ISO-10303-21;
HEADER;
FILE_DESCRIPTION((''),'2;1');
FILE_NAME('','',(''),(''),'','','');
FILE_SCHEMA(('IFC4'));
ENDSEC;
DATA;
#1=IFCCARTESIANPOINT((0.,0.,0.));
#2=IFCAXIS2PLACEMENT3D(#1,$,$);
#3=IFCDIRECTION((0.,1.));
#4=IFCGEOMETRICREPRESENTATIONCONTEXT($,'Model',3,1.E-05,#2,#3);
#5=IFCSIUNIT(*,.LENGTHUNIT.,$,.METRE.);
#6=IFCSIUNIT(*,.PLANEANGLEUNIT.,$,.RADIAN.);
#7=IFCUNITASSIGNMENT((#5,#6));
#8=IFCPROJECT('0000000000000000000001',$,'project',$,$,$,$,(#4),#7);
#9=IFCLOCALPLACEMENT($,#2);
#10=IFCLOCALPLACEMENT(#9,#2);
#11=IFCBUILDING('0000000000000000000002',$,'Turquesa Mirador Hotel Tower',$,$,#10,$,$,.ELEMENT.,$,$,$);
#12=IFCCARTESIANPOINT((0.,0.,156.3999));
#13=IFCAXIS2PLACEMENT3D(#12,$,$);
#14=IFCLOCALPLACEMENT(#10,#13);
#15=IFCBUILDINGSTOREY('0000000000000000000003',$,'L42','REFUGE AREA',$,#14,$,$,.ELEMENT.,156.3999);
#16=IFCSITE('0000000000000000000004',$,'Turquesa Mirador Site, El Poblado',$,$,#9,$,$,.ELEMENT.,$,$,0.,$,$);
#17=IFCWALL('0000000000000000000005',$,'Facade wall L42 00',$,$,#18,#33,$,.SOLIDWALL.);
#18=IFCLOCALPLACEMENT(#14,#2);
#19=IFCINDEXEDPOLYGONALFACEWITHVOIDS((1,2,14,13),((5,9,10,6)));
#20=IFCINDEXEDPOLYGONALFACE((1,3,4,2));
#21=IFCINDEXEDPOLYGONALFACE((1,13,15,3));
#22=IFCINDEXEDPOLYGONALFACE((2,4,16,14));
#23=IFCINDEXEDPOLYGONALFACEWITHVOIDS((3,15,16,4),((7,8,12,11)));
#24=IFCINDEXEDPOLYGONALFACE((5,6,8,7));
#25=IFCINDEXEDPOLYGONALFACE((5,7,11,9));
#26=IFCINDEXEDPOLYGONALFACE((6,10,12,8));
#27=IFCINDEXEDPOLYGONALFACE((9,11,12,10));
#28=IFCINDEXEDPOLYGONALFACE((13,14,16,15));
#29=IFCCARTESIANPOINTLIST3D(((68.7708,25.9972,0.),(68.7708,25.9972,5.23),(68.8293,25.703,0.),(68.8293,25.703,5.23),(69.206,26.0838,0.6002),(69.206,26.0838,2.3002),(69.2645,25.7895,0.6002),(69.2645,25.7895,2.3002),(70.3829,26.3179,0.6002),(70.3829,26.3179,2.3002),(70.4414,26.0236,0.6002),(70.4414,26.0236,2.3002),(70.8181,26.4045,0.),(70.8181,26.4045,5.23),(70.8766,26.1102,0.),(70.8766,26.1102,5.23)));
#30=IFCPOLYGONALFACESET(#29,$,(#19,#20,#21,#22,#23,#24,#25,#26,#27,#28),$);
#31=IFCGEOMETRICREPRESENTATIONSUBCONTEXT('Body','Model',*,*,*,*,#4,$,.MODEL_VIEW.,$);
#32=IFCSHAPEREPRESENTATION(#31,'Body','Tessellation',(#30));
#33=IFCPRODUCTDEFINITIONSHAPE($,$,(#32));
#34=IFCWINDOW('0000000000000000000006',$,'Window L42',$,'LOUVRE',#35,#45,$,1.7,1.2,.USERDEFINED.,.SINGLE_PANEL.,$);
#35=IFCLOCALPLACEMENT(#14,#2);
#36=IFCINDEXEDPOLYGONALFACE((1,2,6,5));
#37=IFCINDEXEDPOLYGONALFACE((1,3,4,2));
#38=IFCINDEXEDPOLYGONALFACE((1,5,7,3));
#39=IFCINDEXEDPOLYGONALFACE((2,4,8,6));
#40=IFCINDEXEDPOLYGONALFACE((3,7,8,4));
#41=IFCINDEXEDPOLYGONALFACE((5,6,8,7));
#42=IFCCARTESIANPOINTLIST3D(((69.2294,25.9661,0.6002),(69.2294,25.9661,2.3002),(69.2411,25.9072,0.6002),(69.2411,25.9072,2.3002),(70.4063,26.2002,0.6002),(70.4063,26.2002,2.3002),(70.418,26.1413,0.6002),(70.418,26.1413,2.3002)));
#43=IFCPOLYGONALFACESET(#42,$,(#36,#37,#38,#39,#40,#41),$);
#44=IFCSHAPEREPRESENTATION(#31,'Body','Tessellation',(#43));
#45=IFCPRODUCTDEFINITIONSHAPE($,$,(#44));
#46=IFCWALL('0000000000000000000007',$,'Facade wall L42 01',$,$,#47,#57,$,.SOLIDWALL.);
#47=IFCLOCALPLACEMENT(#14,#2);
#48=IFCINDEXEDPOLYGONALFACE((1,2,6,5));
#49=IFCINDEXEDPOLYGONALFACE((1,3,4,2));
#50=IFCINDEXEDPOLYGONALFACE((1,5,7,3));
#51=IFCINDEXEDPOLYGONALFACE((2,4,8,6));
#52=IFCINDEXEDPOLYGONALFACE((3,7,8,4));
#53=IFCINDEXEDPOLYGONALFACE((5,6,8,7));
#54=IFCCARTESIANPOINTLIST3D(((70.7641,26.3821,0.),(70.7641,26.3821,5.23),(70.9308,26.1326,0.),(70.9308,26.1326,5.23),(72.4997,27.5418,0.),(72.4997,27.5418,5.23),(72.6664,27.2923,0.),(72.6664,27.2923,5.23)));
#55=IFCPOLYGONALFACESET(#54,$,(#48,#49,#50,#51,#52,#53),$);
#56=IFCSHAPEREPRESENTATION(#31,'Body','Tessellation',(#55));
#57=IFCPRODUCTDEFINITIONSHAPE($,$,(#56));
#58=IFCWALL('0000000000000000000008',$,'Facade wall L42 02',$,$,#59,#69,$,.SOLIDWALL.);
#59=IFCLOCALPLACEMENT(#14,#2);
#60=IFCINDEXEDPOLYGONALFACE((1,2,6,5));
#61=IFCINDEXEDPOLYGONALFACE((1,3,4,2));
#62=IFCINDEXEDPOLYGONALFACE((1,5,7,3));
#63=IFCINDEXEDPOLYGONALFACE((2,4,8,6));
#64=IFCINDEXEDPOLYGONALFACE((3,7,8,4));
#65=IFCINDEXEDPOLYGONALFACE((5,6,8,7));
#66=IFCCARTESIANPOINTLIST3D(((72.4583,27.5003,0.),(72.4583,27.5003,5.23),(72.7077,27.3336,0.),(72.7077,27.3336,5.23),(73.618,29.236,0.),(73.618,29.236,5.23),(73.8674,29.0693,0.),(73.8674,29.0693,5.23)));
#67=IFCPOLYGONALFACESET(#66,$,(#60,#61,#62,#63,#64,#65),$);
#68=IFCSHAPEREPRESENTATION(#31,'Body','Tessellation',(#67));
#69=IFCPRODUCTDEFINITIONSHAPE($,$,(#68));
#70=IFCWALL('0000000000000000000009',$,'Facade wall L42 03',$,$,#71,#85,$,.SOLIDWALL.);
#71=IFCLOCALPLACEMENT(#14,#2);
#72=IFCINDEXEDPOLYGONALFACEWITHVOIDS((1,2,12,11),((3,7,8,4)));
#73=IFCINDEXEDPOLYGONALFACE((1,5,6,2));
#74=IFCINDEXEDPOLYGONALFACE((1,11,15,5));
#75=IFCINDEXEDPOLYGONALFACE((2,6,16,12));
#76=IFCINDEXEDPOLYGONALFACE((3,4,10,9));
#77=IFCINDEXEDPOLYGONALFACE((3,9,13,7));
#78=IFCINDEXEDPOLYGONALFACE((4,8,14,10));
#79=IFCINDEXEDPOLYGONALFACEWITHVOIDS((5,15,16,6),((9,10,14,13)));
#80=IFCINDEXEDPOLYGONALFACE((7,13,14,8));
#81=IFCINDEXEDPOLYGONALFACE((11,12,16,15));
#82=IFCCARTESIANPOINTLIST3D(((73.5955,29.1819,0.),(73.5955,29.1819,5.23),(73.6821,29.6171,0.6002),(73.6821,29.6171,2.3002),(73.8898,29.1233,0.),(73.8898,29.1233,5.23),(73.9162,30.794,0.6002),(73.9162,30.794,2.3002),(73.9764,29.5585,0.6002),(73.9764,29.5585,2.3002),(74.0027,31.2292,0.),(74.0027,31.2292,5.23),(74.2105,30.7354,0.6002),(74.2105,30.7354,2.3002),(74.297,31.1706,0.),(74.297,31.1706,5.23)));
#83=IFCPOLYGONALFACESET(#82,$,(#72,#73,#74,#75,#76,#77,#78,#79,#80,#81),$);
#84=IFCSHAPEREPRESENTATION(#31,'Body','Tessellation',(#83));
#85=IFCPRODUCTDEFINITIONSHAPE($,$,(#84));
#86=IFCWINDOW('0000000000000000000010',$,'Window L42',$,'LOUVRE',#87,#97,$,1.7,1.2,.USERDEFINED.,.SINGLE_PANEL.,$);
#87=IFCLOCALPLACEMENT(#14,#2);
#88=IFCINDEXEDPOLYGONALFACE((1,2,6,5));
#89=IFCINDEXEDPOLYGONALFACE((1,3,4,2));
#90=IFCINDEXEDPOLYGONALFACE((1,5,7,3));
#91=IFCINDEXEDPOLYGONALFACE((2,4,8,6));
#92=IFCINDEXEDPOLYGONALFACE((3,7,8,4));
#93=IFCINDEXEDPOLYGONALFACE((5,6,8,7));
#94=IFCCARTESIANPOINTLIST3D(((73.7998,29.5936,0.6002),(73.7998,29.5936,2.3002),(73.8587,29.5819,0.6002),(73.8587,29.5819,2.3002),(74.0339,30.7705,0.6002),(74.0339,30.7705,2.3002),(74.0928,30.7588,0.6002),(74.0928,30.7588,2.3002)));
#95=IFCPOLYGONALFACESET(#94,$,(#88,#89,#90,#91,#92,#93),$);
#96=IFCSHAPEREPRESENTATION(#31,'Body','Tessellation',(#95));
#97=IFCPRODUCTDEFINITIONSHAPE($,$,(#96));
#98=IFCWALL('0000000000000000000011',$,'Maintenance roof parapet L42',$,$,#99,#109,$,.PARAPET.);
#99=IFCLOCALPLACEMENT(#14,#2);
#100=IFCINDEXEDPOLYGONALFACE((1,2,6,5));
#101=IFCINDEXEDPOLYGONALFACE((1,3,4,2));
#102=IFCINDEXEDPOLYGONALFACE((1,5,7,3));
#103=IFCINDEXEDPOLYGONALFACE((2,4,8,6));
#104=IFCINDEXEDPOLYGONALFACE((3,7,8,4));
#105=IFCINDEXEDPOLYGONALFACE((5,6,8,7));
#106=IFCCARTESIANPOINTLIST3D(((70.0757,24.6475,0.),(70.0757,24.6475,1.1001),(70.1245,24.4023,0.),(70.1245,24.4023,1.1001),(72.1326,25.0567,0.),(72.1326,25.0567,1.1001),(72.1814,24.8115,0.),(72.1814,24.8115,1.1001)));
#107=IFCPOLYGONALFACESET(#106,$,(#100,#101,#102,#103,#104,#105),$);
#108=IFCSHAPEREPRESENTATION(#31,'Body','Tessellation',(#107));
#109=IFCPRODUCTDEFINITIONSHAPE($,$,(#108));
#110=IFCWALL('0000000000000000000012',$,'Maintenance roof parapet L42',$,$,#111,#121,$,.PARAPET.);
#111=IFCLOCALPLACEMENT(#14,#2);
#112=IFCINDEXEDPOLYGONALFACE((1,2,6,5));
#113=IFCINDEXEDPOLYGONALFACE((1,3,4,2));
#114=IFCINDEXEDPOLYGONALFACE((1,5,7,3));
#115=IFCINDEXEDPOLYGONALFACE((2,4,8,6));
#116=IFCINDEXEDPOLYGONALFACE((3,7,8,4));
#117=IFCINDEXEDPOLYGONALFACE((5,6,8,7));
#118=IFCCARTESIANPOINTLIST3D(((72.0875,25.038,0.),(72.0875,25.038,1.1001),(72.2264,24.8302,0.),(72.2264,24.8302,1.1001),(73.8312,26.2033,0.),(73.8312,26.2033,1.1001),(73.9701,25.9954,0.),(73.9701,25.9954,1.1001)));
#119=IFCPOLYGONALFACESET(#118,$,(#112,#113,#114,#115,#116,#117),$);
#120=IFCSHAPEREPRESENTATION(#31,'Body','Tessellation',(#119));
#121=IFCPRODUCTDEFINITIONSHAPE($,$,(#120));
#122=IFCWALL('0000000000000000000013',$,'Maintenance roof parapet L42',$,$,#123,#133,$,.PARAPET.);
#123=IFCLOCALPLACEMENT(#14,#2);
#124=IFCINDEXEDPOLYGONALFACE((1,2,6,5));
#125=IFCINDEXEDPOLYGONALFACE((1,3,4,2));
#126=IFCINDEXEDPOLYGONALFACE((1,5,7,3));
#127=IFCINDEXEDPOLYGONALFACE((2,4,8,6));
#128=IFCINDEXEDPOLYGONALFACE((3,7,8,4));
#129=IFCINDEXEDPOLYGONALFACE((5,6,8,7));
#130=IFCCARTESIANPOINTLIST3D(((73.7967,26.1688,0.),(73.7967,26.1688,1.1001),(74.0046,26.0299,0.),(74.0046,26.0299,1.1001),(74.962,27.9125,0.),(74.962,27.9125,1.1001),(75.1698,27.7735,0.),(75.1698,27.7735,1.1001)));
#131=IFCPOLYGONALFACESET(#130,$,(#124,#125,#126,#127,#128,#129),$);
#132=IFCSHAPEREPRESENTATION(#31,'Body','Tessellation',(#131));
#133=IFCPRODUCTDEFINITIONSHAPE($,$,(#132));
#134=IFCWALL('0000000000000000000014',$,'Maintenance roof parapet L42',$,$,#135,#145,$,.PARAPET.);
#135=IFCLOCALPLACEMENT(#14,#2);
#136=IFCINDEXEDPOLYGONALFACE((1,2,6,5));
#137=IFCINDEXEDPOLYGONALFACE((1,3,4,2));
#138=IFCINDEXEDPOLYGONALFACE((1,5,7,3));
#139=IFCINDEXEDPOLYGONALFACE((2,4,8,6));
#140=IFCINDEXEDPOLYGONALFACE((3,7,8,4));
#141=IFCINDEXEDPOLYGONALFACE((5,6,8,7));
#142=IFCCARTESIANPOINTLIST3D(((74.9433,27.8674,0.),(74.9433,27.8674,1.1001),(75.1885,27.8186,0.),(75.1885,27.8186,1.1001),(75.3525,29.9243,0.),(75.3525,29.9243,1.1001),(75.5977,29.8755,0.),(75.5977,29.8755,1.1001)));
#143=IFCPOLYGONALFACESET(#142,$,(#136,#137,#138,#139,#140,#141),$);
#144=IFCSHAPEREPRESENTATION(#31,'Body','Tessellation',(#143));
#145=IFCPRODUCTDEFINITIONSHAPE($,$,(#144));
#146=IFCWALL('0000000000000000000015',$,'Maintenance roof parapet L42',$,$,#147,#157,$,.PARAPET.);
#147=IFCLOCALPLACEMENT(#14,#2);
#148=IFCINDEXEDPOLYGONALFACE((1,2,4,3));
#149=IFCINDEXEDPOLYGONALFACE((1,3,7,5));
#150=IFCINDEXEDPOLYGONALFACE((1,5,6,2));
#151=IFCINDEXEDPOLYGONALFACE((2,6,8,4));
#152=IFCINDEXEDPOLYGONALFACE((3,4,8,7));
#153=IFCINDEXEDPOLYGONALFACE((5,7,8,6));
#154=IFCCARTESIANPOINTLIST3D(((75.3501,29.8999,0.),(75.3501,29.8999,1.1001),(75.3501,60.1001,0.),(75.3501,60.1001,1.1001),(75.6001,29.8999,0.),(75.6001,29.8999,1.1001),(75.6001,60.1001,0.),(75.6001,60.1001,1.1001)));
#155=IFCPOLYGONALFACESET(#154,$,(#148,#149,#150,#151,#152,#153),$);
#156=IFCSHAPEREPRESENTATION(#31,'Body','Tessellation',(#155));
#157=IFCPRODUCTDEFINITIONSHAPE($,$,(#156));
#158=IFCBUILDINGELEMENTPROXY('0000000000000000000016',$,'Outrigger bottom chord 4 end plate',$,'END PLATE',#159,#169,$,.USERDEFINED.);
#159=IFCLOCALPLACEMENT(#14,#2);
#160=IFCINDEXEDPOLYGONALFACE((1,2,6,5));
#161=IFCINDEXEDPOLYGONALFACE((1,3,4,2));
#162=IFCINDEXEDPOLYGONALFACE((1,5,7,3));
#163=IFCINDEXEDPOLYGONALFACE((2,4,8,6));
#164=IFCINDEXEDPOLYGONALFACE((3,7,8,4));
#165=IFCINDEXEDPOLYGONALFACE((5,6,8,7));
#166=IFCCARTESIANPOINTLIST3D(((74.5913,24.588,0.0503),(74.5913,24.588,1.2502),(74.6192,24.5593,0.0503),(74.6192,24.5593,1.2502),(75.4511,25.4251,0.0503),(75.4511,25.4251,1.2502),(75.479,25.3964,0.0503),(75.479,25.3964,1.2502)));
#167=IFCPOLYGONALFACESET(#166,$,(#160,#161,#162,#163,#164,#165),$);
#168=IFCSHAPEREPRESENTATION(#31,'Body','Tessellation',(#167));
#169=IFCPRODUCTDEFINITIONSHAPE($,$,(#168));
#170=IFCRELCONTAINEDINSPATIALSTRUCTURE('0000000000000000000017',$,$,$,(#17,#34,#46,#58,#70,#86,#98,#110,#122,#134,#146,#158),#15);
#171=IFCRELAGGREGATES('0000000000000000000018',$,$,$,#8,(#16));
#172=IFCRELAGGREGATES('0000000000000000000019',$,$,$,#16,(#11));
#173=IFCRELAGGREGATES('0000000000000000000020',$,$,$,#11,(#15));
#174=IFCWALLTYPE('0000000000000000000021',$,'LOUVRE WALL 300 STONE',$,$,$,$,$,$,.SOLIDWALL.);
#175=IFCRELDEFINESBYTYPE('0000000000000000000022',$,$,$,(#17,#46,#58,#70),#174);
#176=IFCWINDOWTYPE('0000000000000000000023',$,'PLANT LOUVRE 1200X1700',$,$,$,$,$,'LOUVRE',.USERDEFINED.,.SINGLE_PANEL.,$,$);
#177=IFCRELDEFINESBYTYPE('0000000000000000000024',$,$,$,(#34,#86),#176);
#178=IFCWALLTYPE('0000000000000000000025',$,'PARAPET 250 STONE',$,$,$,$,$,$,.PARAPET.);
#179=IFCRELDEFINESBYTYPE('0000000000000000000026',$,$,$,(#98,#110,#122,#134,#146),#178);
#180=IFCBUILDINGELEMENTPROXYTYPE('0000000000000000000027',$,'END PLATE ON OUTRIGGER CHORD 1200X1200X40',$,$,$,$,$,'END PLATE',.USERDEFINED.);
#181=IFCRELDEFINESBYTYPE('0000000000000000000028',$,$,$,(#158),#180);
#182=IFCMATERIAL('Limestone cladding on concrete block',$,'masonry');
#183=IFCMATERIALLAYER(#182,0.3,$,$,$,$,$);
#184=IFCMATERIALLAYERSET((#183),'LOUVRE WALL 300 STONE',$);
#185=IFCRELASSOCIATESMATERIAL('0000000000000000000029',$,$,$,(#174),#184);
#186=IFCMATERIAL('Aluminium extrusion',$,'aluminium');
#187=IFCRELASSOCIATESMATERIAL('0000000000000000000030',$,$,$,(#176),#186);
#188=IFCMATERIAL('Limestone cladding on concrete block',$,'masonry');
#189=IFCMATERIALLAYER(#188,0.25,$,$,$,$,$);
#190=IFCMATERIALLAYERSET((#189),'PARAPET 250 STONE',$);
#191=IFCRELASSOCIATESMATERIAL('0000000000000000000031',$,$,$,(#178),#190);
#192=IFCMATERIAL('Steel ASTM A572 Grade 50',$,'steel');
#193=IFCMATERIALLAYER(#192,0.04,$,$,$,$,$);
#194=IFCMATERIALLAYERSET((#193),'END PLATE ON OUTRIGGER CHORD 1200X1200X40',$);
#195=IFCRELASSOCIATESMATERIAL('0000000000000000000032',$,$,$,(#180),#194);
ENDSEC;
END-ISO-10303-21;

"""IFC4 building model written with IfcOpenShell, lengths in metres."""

from ifc_helpers import new_model, si_unit, direction, frame, frame_2d, origin, origin_2d, place, context, subcontext, project, spatial, rectangle, extrude, material, layer, layer_set, type_object, element, fill, save


model = new_model("IFC4")

# Units and contexts
model_context = context("Model", 3, precision=1e-05, world=origin(), true_north=direction((0.0, 1.0)))
body_context = subcontext(model_context, "Body", "Model", "MODEL_VIEW")
ifc_project = project(units=[si_unit("LENGTHUNIT", "METRE"), si_unit("PLANEANGLEUNIT", "RADIAN")], contexts=[model_context])

# Site, building, storey
site_placement = place(None, origin())
site = spatial("IfcSite", under=ifc_project, at=site_placement, Name="Turquesa Mirador Site, El Poblado", CompositionType="ELEMENT", RefElevation=0.0)
building_placement = place(site_placement, origin())
building = spatial("IfcBuilding", under=site, at=building_placement, Name="Turquesa Mirador Hotel Tower", CompositionType="ELEMENT")
storey_placement = place(building_placement, frame((0.0, 0.0, 156.3999)))
storey = spatial("IfcBuildingStorey", under=building, at=storey_placement, Name="L42", Description="REFUGE AREA", CompositionType="ELEMENT", Elevation=156.3999)

# Wall, opening, window
ifc_material_1 = material(Name="Limestone cladding on concrete block", Category="masonry")
ifc_layer_1 = layer(ifc_material_1, 0.3)
ifc_layer_set_1 = layer_set([ifc_layer_1], Name="LOUVRE WALL 300 STONE")
wall_type_1 = type_object("IfcWallType", Name="LOUVRE WALL 300 STONE", PredefinedType="SOLIDWALL", material=ifc_layer_set_1)
wall_1_placement = place(storey_placement, frame((68.8, 25.8501, 0.0), z_axis=(0.0, 0.0, 1.0), x_axis=(0.980787, 0.195081, 0.0)))
wall_1 = element("IfcWall", 1, at=wall_1_placement, inside=storey, type_object=wall_type_1, Name="Facade wall L42 00", PredefinedType="SOLIDWALL", context=body_context, shape_type="SweptSolid", body=[
    extrude(rectangle(XDim=2.0874, YDim=0.3, at=frame_2d((1.0437, 0.0))), origin(), (0.0, 0.0, 1.0), 5.23),
])
opening_1_placement = place(wall_1_placement, frame((0.4436, 0.0, 0.6001)))
opening_1 = element("IfcOpeningElement", 2, at=opening_1_placement, cuts=wall_1, PredefinedType="OPENING", context=body_context, shape_type="SweptSolid", body=[
    extrude(rectangle(XDim=1.2, YDim=1.7, at=frame_2d((0.6001, 0.8501))), frame((0.0, 0.1599, 0.0), z_axis=(0.0, -1.0, 0.0), x_axis=(1.0, 0.0, 0.0)), (0.0, 0.0, 1.0), 0.3201),
])
ifc_material_2 = material(Name="Aluminium extrusion", Category="aluminium")
window_type = type_object("IfcWindowType", Name="PLANT LOUVRE 1200X1700", ElementType="LOUVRE", PartitioningType="SINGLE_PANEL", PredefinedType="USERDEFINED", material=ifc_material_2)
window_1_placement = place(opening_1_placement, origin())
window_1 = element("IfcWindow", 3, at=window_1_placement, inside=storey, type_object=window_type, Name="Window L42", ObjectType="LOUVRE", OverallHeight=1.7, OverallWidth=1.2, PartitioningType="SINGLE_PANEL", PredefinedType="USERDEFINED", context=body_context, shape_type="SweptSolid", body=[
    extrude(rectangle(XDim=1.2, YDim=1.7, at=frame_2d((0.6001, 0.8501))), frame((0.0, 0.03, 0.0), z_axis=(0.0, -1.0, 0.0), x_axis=(1.0, 0.0, 0.0)), (0.0, 0.0, 1.0), 0.0601),
])
fill(opening_1, window_1)

# Walls
for number, where, z_axis, x_axis, name in (
    (4, (70.8474, 26.2573, 0.0), (0.0, 0.0, 1.0), (0.831474, 0.555564, 0.0), "Facade wall L42 01"),
    (5, (72.583, 27.417, 0.0), (0.0, 0.0, 1.0), (0.555564, 0.831474, 0.0), "Facade wall L42 02"),
):
    element("IfcWall", number, at=place(storey_placement, frame(where, z_axis=z_axis, x_axis=x_axis)), inside=storey, type_object=wall_type_1, Name=name, PredefinedType="SOLIDWALL", context=body_context, shape_type="SweptSolid", body=[
        extrude(rectangle(XDim=2.0874, YDim=0.3, at=frame_2d((1.0437, 0.0))), origin(), (0.0, 0.0, 1.0), 5.23),
    ])

# Wall, opening, window
wall_2_placement = place(storey_placement, frame((73.7427, 29.1526, 0.0), z_axis=(0.0, 0.0, 1.0), x_axis=(0.195081, 0.980787, 0.0)))
wall_2 = element("IfcWall", 6, at=wall_2_placement, inside=storey, type_object=wall_type_1, Name="Facade wall L42 03", PredefinedType="SOLIDWALL", context=body_context, shape_type="SweptSolid", body=[
    extrude(rectangle(XDim=2.0874, YDim=0.3, at=frame_2d((1.0437, 0.0))), origin(), (0.0, 0.0, 1.0), 5.23),
])
opening_2_placement = place(wall_2_placement, frame((0.4436, 0.0, 0.6001)))
opening_2 = element("IfcOpeningElement", 7, at=opening_2_placement, cuts=wall_2, PredefinedType="OPENING", context=body_context, shape_type="SweptSolid", body=[
    extrude(rectangle(XDim=1.2, YDim=1.7, at=frame_2d((0.6001, 0.8501))), frame((0.0, 0.1599, 0.0), z_axis=(0.0, -1.0, 0.0), x_axis=(1.0, 0.0, 0.0)), (0.0, 0.0, 1.0), 0.3201),
])
window_2_placement = place(opening_2_placement, origin())
window_2 = element("IfcWindow", 8, at=window_2_placement, inside=storey, type_object=window_type, Name="Window L42", ObjectType="LOUVRE", OverallHeight=1.7, OverallWidth=1.2, PartitioningType="SINGLE_PANEL", PredefinedType="USERDEFINED", context=body_context, shape_type="SweptSolid", body=[
    extrude(rectangle(XDim=1.2, YDim=1.7, at=frame_2d((0.6001, 0.8501))), frame((0.0, 0.03, 0.0), z_axis=(0.0, -1.0, 0.0), x_axis=(1.0, 0.0, 0.0)), (0.0, 0.0, 1.0), 0.0601),
])
fill(opening_2, window_2)

# Walls
ifc_material_3 = material(Name="Limestone cladding on concrete block", Category="masonry")
ifc_layer_2 = layer(ifc_material_3, 0.25)
ifc_layer_set_2 = layer_set([ifc_layer_2], Name="PARAPET 250 STONE")
wall_type_2 = type_object("IfcWallType", Name="PARAPET 250 STONE", PredefinedType="PARAPET", material=ifc_layer_set_2)
for number, where, z_axis, x_axis, name in (
    (9, (70.1001, 24.5249, 0.0), (0.0, 0.0, 1.0), (0.980782, 0.195109, 0.0), "Maintenance roof parapet L42"),
    (10, (72.157, 24.9341, 0.0), (0.0, 0.0, 1.0), (0.831423, 0.55564, 0.0), "Maintenance roof parapet L42"),
    (11, (73.9006, 26.0994, 0.0), (0.0, 0.0, 1.0), (0.55564, 0.831423, 0.0), "Maintenance roof parapet L42"),
    (12, (75.0659, 27.843, 0.0), (0.0, 0.0, 1.0), (0.195109, 0.980782, 0.0), "Maintenance roof parapet L42"),
):
    element("IfcWall", number, at=place(storey_placement, frame(where, z_axis=z_axis, x_axis=x_axis)), inside=storey, type_object=wall_type_2, Name=name, PredefinedType="PARAPET", context=body_context, shape_type="SweptSolid", body=[
        extrude(rectangle(XDim=2.0972, YDim=0.25, at=frame_2d((1.0486, 0.0))), origin(), (0.0, 0.0, 1.0), 1.1001),
    ])
wall_3_placement = place(storey_placement, frame((75.4751, 29.8999, 0.0), z_axis=(0.0, 0.0, 1.0), x_axis=(0.0, 1.0, 0.0)))
element("IfcWall", 13, at=wall_3_placement, inside=storey, type_object=wall_type_2, Name="Maintenance roof parapet L42", PredefinedType="PARAPET", context=body_context, shape_type="SweptSolid", body=[
    extrude(rectangle(XDim=30.2002, YDim=0.25, at=frame_2d((15.1001, 0.0))), origin(), (0.0, 0.0, 1.0), 1.1001),
])

# Building element proxy
ifc_material_4 = material(Name="Steel ASTM A572 Grade 50", Category="steel")
ifc_layer_3 = layer(ifc_material_4, 0.04)
ifc_layer_set_3 = layer_set([ifc_layer_3], Name="END PLATE ON OUTRIGGER CHORD 1200X1200X40")
building_element_proxy_type = type_object("IfcBuildingElementProxyType", Name="END PLATE ON OUTRIGGER CHORD 1200X1200X40", ElementType="END PLATE", PredefinedType="USERDEFINED", material=ifc_layer_set_3)
proxy_placement = place(storey_placement, frame((75.0352, 24.9922, 0.0503), z_axis=(0.0, 0.0, 1.0), x_axis=(0.697568, -0.716518, 0.0)))
element("IfcBuildingElementProxy", 14, at=proxy_placement, inside=storey, type_object=building_element_proxy_type, Name="Outrigger bottom chord 4 end plate", ObjectType="END PLATE", PredefinedType="USERDEFINED", context=body_context, shape_type="SweptSolid", body=[
    extrude(rectangle(XDim=0.04, YDim=1.2, at=origin_2d()), origin(), (0.0, 0.0, 1.0), 1.2),
])

save(model, "model.ifc")
